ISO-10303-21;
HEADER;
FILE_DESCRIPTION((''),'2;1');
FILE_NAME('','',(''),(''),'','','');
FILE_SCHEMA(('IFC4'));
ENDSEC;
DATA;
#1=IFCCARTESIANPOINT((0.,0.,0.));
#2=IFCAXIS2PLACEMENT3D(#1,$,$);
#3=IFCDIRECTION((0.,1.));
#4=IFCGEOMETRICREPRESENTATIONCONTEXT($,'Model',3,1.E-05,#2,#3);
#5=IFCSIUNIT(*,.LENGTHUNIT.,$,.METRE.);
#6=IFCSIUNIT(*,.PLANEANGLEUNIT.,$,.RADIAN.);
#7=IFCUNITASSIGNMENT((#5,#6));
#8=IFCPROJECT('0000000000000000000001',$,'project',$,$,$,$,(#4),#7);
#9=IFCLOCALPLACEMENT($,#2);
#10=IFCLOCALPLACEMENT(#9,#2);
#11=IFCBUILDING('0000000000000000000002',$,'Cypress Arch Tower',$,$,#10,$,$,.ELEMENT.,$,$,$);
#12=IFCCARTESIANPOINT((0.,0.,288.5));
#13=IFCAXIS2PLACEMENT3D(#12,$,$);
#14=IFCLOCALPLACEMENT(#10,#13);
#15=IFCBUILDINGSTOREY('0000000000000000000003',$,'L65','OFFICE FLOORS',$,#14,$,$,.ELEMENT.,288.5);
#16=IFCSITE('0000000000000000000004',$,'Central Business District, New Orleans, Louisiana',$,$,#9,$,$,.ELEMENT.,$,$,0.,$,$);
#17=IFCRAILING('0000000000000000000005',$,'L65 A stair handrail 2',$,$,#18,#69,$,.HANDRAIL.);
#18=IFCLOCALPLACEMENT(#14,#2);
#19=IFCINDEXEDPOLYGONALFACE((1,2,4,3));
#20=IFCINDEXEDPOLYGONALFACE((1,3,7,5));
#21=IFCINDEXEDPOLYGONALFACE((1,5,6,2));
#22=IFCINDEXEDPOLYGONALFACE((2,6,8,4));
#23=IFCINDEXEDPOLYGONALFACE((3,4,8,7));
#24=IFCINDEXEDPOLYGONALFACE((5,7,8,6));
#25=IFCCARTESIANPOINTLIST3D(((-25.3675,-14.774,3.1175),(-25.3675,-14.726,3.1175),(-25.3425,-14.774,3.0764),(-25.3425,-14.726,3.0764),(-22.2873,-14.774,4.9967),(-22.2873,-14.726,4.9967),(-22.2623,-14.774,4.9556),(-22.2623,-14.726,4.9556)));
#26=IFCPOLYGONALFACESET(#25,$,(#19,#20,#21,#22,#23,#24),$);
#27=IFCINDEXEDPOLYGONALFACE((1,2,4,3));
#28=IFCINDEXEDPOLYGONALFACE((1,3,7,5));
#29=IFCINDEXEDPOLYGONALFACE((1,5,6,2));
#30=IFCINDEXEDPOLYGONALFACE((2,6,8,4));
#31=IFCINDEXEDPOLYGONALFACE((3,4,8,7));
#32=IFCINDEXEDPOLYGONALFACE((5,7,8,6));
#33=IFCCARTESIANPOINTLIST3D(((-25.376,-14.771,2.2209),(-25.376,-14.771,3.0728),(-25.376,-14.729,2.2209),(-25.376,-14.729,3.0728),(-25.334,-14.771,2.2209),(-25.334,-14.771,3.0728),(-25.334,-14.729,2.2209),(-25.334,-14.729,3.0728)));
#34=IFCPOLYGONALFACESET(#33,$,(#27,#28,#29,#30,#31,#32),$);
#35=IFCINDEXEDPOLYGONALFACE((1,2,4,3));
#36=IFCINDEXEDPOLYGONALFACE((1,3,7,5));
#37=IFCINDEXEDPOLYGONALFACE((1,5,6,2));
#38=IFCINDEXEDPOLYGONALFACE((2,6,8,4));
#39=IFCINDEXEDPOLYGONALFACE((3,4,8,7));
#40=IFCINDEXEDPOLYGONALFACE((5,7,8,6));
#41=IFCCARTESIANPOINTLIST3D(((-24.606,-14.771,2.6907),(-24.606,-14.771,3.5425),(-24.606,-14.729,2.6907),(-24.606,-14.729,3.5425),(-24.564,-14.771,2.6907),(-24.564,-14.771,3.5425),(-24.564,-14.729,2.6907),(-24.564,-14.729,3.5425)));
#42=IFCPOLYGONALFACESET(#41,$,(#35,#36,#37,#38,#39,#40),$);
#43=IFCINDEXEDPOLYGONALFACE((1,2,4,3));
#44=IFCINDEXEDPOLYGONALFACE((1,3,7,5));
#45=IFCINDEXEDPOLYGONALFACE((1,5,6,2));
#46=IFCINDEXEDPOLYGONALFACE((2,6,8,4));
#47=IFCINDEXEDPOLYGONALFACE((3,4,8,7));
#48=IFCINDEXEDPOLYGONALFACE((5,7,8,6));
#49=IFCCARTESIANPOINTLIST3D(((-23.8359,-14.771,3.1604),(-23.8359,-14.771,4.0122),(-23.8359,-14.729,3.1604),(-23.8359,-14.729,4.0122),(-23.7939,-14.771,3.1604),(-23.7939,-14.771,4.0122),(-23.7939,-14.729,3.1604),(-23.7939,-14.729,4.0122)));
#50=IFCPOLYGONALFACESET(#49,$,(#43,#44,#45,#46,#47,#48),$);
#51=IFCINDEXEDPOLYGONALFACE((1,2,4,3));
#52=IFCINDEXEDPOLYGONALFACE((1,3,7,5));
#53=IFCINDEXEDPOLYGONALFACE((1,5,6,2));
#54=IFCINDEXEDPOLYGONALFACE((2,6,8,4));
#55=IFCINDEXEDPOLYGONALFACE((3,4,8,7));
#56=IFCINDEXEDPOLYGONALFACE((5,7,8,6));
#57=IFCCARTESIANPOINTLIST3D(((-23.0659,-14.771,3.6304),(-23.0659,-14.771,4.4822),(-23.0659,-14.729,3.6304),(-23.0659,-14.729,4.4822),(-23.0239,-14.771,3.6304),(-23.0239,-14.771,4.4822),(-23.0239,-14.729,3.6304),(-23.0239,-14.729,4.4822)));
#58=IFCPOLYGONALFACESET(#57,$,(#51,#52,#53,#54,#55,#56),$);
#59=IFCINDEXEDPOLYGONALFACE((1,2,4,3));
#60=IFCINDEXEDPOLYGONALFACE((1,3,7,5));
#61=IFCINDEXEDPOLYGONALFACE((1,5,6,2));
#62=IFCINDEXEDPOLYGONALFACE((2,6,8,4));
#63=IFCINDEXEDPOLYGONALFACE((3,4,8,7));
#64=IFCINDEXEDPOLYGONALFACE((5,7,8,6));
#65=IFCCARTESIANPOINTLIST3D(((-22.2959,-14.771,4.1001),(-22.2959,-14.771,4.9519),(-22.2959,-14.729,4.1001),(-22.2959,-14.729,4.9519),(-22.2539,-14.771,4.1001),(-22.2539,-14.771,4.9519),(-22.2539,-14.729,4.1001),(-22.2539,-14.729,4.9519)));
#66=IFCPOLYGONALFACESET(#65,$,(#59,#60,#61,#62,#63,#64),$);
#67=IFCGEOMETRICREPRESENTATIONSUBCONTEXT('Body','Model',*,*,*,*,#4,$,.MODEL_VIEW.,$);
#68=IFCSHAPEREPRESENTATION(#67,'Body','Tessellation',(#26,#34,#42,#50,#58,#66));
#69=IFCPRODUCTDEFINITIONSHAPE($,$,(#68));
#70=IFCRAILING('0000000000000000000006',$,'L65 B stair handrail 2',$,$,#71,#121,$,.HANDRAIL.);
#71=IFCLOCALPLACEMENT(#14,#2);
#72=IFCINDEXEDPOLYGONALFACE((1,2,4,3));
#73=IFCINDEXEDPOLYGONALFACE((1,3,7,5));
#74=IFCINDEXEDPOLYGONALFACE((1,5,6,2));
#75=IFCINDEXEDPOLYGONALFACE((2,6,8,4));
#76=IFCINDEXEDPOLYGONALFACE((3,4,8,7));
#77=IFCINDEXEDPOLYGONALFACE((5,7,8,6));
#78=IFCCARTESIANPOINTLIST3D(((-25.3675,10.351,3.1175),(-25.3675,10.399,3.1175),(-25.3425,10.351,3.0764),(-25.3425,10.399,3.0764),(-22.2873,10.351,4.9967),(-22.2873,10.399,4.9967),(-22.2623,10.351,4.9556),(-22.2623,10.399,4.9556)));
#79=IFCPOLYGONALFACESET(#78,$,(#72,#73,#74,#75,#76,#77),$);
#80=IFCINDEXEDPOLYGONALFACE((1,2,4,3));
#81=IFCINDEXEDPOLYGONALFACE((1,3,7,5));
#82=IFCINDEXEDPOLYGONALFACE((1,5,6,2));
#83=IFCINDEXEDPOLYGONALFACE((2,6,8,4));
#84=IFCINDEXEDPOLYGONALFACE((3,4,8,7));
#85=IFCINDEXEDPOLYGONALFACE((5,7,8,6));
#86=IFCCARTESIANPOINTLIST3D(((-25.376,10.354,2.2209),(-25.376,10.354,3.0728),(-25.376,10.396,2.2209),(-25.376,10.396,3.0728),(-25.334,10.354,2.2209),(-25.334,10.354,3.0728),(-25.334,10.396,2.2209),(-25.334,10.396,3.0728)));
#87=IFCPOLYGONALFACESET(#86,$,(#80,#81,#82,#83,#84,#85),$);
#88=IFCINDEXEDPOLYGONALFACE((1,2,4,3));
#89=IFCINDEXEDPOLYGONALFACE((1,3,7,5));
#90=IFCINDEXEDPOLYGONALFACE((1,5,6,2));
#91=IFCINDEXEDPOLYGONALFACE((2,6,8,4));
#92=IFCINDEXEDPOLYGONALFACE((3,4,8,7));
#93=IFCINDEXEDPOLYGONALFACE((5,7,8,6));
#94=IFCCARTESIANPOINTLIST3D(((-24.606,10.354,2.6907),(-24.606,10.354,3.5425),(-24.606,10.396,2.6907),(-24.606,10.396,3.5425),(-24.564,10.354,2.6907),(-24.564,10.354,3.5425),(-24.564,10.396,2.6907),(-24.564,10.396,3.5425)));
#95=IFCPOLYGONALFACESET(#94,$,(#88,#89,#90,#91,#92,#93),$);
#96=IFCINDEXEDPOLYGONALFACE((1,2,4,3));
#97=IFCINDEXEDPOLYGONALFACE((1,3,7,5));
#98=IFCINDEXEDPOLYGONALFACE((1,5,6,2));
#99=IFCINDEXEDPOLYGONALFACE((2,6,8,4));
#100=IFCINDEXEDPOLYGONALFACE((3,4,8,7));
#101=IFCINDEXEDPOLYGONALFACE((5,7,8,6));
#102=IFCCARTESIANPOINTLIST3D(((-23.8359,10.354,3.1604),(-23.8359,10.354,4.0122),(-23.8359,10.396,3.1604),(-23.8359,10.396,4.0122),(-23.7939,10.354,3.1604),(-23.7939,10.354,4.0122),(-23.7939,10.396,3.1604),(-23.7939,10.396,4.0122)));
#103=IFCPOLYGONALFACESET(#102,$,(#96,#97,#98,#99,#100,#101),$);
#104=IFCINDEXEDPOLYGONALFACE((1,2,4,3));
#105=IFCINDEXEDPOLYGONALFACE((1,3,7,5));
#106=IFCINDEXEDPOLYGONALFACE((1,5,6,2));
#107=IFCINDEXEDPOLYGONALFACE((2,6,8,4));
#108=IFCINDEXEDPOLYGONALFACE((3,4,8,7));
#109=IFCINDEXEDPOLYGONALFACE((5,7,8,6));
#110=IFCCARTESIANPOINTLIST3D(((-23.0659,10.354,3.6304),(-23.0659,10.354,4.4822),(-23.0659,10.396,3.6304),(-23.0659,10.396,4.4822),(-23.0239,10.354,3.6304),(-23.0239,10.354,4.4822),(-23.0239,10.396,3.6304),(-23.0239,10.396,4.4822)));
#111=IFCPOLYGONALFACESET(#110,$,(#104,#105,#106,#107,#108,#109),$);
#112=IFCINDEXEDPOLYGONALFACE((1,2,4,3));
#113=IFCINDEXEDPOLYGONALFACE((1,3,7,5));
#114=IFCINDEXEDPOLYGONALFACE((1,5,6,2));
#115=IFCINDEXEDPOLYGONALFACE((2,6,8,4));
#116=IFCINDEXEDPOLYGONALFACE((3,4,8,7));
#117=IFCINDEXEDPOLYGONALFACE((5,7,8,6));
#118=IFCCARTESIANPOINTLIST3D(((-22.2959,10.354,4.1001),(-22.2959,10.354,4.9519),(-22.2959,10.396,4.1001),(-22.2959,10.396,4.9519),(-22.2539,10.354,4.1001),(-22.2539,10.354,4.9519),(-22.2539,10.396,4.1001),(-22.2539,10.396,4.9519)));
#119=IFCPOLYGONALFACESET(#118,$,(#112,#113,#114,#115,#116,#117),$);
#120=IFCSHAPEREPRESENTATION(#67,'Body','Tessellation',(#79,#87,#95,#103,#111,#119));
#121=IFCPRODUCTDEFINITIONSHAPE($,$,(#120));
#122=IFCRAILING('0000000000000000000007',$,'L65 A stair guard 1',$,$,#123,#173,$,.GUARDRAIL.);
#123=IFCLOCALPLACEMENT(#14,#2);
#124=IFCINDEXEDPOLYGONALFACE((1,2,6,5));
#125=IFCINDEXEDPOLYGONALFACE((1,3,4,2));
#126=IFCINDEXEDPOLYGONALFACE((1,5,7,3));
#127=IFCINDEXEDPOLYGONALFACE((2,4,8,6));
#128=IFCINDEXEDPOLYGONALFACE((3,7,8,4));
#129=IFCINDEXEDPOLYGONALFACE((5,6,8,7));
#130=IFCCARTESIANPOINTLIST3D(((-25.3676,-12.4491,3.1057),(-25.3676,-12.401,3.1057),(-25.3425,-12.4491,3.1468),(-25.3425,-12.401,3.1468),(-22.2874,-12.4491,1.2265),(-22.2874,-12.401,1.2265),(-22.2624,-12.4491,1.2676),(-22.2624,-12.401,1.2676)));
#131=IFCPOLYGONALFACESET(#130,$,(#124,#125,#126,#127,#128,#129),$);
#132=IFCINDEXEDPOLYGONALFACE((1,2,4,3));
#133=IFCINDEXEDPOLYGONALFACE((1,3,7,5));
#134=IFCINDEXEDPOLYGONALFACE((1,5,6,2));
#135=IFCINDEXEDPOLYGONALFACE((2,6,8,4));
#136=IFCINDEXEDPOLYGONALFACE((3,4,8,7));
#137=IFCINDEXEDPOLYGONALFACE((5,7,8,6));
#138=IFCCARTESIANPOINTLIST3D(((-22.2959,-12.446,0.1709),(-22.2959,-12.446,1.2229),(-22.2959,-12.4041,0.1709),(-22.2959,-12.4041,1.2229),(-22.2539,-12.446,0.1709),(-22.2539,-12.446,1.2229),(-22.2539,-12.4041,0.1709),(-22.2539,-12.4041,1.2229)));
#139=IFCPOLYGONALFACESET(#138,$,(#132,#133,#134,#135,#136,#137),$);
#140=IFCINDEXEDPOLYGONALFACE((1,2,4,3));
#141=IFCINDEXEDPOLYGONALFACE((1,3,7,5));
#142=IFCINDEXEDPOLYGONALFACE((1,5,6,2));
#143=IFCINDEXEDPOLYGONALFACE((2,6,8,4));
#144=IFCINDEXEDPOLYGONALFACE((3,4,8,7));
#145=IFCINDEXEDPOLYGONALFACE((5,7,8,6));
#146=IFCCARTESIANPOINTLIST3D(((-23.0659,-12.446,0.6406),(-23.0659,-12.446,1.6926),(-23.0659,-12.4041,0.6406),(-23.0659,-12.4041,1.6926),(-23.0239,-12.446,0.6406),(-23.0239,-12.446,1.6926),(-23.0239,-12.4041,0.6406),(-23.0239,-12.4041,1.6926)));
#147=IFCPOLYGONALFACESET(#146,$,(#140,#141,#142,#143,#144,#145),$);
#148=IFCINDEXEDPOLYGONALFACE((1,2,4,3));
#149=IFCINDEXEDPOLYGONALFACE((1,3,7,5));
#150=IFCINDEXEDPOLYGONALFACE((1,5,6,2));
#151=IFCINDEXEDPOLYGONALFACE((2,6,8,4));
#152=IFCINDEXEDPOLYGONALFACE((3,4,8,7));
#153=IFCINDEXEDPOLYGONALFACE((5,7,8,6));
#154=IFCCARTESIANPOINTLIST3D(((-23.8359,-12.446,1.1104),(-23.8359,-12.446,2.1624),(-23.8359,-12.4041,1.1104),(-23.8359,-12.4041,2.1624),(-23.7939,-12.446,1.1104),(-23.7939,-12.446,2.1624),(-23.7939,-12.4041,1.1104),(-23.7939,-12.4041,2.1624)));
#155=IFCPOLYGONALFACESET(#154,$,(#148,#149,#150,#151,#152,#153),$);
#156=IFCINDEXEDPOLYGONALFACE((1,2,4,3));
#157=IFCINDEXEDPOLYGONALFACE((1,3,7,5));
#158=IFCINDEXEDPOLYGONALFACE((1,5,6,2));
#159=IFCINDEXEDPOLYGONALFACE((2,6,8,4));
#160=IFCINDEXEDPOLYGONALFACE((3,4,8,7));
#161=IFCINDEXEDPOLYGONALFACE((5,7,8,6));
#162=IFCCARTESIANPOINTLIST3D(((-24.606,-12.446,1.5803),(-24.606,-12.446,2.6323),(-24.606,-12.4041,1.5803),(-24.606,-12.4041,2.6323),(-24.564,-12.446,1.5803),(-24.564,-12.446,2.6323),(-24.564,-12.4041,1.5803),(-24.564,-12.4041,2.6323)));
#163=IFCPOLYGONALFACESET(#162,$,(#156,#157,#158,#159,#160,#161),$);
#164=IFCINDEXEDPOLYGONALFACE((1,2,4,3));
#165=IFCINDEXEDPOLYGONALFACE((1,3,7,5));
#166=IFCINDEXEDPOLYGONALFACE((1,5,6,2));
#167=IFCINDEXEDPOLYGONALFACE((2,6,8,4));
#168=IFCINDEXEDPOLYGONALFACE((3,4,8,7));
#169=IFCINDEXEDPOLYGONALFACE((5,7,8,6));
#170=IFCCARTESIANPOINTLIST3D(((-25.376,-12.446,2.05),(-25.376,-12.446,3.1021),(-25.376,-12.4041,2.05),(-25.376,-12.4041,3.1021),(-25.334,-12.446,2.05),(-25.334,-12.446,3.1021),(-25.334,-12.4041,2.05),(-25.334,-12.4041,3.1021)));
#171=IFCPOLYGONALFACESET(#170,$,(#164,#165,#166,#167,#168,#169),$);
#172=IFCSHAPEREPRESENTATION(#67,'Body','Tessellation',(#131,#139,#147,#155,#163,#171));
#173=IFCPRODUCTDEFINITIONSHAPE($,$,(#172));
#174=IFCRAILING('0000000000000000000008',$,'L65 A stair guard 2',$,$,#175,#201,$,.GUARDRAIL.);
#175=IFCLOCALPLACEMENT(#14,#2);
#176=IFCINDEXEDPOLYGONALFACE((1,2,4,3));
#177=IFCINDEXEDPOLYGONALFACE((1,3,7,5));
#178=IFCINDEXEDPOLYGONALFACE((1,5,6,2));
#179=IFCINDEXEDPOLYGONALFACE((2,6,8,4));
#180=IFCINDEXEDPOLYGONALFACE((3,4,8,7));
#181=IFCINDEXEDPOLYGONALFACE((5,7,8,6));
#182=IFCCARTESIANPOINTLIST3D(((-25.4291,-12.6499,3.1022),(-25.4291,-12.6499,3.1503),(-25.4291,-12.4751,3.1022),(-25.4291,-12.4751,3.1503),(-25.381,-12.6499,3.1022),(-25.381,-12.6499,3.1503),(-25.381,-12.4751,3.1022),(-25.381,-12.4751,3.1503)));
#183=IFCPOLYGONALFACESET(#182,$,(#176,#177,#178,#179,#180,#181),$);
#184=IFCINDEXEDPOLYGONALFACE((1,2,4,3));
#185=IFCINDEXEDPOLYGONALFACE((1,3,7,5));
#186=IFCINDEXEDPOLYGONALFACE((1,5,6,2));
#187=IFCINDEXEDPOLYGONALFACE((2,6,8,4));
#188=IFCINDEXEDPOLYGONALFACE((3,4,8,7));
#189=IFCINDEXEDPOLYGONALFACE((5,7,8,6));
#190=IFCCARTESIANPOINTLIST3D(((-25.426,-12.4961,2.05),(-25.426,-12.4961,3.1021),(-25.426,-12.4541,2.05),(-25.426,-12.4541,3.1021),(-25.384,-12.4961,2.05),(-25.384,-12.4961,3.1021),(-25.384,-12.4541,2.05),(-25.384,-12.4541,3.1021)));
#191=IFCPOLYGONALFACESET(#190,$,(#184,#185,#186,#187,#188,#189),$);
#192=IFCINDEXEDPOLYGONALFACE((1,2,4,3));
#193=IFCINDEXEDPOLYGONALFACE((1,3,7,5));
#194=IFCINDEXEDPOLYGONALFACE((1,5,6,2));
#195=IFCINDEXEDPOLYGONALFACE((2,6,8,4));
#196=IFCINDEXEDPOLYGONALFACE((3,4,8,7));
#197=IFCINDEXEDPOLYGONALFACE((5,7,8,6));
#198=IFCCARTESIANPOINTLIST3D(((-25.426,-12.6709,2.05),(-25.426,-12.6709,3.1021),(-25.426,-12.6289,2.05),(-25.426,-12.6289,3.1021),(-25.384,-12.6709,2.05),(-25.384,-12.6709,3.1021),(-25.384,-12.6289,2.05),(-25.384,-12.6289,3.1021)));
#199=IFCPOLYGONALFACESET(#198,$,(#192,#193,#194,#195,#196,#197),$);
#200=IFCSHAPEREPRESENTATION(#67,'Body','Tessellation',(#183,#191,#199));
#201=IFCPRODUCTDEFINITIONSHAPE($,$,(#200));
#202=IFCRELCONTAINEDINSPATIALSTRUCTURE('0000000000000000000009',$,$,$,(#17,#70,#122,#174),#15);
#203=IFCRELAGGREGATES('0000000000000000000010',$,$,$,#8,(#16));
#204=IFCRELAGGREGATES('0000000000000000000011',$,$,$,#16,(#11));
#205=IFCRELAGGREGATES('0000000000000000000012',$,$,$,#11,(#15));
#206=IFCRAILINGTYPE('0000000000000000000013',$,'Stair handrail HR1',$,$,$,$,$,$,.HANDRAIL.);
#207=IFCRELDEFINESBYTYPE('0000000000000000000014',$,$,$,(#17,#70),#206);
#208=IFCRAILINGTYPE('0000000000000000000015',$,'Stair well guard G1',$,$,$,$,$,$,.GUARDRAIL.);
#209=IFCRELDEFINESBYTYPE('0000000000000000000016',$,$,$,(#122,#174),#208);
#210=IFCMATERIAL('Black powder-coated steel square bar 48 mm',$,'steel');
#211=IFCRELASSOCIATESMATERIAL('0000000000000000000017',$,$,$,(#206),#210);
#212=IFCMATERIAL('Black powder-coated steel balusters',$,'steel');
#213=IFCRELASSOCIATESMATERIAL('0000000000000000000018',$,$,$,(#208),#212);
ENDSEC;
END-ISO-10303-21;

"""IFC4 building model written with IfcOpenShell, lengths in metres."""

from ifc_helpers import new_model, si_unit, direction, frame, origin, origin_2d, place, context, subcontext, project, spatial, rectangle, extrude, material, type_object, element, save


model = new_model("IFC4")

# Units and contexts
model_context = context("Model", 3, precision=1e-05, world=origin(), true_north=direction((0.0, 1.0)))
body_context = subcontext(model_context, "Body", "Model", "MODEL_VIEW")
ifc_project = project(units=[si_unit("LENGTHUNIT", "METRE"), si_unit("PLANEANGLEUNIT", "RADIAN")], contexts=[model_context])

# Site, building, storey
site_placement = place(None, origin())
site = spatial("IfcSite", under=ifc_project, at=site_placement, Name="Central Business District, New Orleans, Louisiana", CompositionType="ELEMENT", RefElevation=0.0)
building_placement = place(site_placement, origin())
building = spatial("IfcBuilding", under=site, at=building_placement, Name="Cypress Arch Tower", CompositionType="ELEMENT")
storey_placement = place(building_placement, frame((0.0, 0.0, 288.5)))
storey = spatial("IfcBuildingStorey", under=building, at=storey_placement, Name="L65", Description="OFFICE FLOORS", CompositionType="ELEMENT", Elevation=288.5)

# Railings
ifc_material_1 = material(Name="Black powder-coated steel square bar 48 mm", Category="steel")
railing_type_1 = type_object("IfcRailingType", Name="Stair handrail HR1", PredefinedType="HANDRAIL", material=ifc_material_1)
for number, where, name in (
    (1, (-25.355, -14.75, 2.2209), "L65 A stair handrail 2"),
    (2, (-25.355, 10.375, 2.2209), "L65 B stair handrail 2"),
):
    element("IfcRailing", number, at=place(storey_placement, frame(where)), inside=storey, type_object=railing_type_1, Name=name, PredefinedType="HANDRAIL", context=body_context, shape_type="SweptSolid", body=[
        extrude(rectangle(XDim=0.0481, YDim=0.0481, at=origin_2d()), frame((0.0, 0.0, 0.876), z_axis=(0.853666, 0.0, 0.52082), x_axis=(0.0, 1.0, 0.0)), (0.0, 0.0, 1.0), 3.6082),
        extrude(rectangle(XDim=0.042, YDim=0.042, at=origin_2d()), origin(), (0.0, 0.0, 1.0), 0.8518),
        extrude(rectangle(XDim=0.042, YDim=0.042, at=origin_2d()), frame((0.77, 0.0, 0.4697)), (0.0, 0.0, 1.0), 0.8518),
        extrude(rectangle(XDim=0.042, YDim=0.042, at=origin_2d()), frame((1.54, 0.0, 0.9395)), (0.0, 0.0, 1.0), 0.8518),
        extrude(rectangle(XDim=0.042, YDim=0.042, at=origin_2d()), frame((2.3101, 0.0, 1.4094)), (0.0, 0.0, 1.0), 0.8518),
        extrude(rectangle(XDim=0.042, YDim=0.042, at=origin_2d()), frame((3.0801, 0.0, 1.8792)), (0.0, 0.0, 1.0), 0.8518),
    ])
ifc_material_2 = material(Name="Black powder-coated steel balusters", Category="steel")
railing_type_2 = type_object("IfcRailingType", Name="Stair well guard G1", PredefinedType="GUARDRAIL", material=ifc_material_2)
railing_1_placement = place(storey_placement, frame((-22.2749, -12.425, 0.1709)))
element("IfcRailing", 3, at=railing_1_placement, inside=storey, type_object=railing_type_2, Name="L65 A stair guard 1", PredefinedType="GUARDRAIL", context=body_context, shape_type="SweptSolid", body=[
    extrude(rectangle(XDim=0.0481, YDim=0.0481, at=origin_2d()), frame((0.0, 0.0, 1.0762), z_axis=(-0.853666, 0.0, 0.52082), x_axis=(0.0, -1.0, 0.0)), (0.0, 0.0, 1.0), 3.6082),
    extrude(rectangle(XDim=0.042, YDim=0.042, at=origin_2d()), origin(), (0.0, 0.0, 1.0), 1.052),
    extrude(rectangle(XDim=0.042, YDim=0.042, at=origin_2d()), frame((-0.77, 0.0, 0.4697)), (0.0, 0.0, 1.0), 1.052),
    extrude(rectangle(XDim=0.042, YDim=0.042, at=origin_2d()), frame((-1.54, 0.0, 0.9395)), (0.0, 0.0, 1.0), 1.052),
    extrude(rectangle(XDim=0.042, YDim=0.042, at=origin_2d()), frame((-2.3101, 0.0, 1.4094)), (0.0, 0.0, 1.0), 1.052),
    extrude(rectangle(XDim=0.042, YDim=0.042, at=origin_2d()), frame((-3.0801, 0.0, 1.8792)), (0.0, 0.0, 1.0), 1.052),
])
railing_2_placement = place(storey_placement, frame((-25.405, -12.4751, 2.05)))
element("IfcRailing", 4, at=railing_2_placement, inside=storey, type_object=railing_type_2, Name="L65 A stair guard 2", PredefinedType="GUARDRAIL", context=body_context, shape_type="SweptSolid", body=[
    extrude(rectangle(XDim=0.0481, YDim=0.0481, at=origin_2d()), frame((0.0, 0.0, 1.0762), z_axis=(0.0, -1.0, 0.0), x_axis=(1.0, 0.0, 0.0)), (0.0, 0.0, 1.0), 0.1748),
    extrude(rectangle(XDim=0.042, YDim=0.042, at=origin_2d()), origin(), (0.0, 0.0, 1.0), 1.052),
    extrude(rectangle(XDim=0.042, YDim=0.042, at=origin_2d()), frame((0.0, -0.1748, 0.0)), (0.0, 0.0, 1.0), 1.052),
])

save(model, "model.ifc")
